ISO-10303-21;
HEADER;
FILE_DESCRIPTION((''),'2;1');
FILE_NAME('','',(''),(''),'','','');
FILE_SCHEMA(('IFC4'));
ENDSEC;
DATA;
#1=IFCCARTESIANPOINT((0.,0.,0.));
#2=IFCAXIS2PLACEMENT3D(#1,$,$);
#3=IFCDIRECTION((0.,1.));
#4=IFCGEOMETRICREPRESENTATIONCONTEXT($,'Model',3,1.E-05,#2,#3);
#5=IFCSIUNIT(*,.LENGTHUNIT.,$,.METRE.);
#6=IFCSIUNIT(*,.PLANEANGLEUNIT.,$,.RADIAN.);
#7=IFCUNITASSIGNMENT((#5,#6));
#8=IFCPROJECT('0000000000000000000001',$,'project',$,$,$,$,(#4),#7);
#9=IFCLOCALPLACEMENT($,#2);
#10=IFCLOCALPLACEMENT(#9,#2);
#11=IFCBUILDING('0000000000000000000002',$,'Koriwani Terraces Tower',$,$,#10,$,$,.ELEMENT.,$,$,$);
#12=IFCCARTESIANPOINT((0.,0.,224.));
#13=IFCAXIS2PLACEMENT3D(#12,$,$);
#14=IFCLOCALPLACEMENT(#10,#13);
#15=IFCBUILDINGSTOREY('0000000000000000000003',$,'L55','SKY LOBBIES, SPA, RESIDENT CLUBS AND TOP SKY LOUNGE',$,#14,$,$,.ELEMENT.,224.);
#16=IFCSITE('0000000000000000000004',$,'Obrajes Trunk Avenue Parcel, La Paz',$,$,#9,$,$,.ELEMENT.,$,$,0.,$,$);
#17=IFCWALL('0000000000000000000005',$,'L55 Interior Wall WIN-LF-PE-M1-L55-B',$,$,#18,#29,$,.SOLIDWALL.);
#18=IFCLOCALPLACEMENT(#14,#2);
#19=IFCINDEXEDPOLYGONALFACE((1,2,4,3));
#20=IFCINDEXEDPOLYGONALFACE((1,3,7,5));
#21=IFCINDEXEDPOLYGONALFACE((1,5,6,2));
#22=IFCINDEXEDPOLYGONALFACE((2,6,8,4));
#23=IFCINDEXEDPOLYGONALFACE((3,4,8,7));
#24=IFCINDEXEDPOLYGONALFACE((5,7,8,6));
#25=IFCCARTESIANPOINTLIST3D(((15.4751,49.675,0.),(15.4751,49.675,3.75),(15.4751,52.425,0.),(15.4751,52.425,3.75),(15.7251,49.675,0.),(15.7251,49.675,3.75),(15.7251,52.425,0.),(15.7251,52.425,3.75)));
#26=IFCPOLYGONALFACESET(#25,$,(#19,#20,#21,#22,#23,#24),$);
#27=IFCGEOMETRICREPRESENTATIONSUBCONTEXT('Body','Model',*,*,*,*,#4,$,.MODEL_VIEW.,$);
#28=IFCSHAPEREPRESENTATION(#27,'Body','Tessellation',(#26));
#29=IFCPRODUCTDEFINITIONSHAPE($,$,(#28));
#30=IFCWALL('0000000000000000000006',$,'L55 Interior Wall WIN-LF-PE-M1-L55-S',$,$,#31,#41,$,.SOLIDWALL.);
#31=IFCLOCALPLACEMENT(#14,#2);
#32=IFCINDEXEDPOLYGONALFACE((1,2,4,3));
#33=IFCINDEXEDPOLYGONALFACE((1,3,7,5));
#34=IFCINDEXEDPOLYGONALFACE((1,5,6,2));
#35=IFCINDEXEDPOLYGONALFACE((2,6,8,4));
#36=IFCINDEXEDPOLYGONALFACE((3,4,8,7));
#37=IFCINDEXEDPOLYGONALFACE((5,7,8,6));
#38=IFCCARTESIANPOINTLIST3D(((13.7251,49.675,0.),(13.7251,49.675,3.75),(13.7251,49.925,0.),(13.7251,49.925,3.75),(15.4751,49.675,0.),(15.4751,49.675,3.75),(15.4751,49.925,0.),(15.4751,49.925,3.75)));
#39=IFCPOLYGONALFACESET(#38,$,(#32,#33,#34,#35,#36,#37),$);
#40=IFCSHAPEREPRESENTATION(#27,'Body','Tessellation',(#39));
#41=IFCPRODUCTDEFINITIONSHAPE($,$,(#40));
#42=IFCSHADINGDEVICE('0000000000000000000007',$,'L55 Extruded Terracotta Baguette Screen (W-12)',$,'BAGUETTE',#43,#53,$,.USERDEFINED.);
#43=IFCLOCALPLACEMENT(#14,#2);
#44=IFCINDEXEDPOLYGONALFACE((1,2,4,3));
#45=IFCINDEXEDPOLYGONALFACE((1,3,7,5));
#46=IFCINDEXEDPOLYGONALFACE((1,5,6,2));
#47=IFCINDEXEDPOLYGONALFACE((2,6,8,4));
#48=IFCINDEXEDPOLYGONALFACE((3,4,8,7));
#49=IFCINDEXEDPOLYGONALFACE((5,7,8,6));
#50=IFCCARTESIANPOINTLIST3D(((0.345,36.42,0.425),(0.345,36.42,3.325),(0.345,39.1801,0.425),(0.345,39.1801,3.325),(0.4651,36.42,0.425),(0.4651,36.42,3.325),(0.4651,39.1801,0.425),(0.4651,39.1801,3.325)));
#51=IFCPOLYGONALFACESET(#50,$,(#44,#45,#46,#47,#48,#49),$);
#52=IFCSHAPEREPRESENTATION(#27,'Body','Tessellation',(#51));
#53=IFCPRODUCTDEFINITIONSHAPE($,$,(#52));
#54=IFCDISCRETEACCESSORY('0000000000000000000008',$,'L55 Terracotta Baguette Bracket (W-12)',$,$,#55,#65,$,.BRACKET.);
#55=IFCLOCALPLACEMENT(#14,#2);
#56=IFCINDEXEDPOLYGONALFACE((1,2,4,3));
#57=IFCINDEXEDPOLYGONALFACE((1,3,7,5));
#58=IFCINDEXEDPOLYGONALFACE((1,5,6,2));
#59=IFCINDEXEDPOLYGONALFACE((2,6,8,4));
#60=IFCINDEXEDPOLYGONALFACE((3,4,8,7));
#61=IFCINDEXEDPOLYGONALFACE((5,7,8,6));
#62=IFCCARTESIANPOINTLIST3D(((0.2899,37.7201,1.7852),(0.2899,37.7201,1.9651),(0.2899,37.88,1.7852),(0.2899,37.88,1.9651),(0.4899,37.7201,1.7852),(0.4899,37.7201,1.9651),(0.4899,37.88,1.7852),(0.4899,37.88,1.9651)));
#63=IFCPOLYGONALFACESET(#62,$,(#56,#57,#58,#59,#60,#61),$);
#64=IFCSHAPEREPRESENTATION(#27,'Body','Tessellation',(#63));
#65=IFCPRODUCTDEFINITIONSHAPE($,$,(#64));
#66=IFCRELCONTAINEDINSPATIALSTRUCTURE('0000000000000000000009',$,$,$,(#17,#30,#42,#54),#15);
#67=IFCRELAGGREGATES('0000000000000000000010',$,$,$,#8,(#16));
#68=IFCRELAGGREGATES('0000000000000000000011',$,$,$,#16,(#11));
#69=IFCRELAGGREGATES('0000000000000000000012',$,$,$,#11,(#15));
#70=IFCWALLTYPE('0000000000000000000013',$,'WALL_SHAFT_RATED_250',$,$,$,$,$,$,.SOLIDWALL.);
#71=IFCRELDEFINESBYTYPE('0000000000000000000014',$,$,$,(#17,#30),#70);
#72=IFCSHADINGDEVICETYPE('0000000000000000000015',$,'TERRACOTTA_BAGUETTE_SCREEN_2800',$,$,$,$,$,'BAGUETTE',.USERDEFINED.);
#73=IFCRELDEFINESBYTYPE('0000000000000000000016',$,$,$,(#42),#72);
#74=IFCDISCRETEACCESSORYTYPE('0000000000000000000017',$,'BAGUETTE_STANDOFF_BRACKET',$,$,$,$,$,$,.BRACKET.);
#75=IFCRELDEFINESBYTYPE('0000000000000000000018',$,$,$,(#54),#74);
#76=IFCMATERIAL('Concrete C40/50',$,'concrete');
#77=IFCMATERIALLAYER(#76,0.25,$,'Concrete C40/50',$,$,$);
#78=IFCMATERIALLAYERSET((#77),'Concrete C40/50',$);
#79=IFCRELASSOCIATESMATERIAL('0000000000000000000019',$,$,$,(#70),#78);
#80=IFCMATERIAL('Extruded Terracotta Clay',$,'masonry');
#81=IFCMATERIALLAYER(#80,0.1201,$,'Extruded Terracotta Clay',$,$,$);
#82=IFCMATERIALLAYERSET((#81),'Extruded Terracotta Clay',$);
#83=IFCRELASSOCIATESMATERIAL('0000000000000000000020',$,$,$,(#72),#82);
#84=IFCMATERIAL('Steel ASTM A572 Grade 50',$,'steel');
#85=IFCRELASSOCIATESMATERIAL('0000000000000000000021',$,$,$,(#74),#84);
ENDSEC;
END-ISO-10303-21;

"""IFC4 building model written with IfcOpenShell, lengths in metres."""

from ifc_helpers import new_model, si_unit, direction, frame, frame_2d, origin, origin_2d, place, context, subcontext, project, spatial, rectangle, extrude, material, layer, layer_set, type_object, element, save


model = new_model("IFC4")

# Units and contexts
model_context = context("Model", 3, precision=1e-05, world=origin(), true_north=direction((0.0, 1.0)))
body_context = subcontext(model_context, "Body", "Model", "MODEL_VIEW")
ifc_project = project(units=[si_unit("LENGTHUNIT", "METRE"), si_unit("PLANEANGLEUNIT", "RADIAN")], contexts=[model_context])

# Site, building, storey
site_placement = place(None, origin())
site = spatial("IfcSite", under=ifc_project, at=site_placement, Name="Obrajes Trunk Avenue Parcel, La Paz", CompositionType="ELEMENT", RefElevation=0.0)
building_placement = place(site_placement, origin())
building = spatial("IfcBuilding", under=site, at=building_placement, Name="Koriwani Terraces Tower", CompositionType="ELEMENT")
storey_placement = place(building_placement, frame((0.0, 0.0, 224.0)))
storey = spatial("IfcBuildingStorey", under=building, at=storey_placement, Name="L55", Description="SKY LOBBIES, SPA, RESIDENT CLUBS AND TOP SKY LOUNGE", CompositionType="ELEMENT", Elevation=224.0)

# Shared definitions
ifc_material_1 = material(Name="Concrete C40/50", Category="concrete")
ifc_material_2 = material(Name="Steel ASTM A572 Grade 50", Category="steel")

# Shared definitions
ifc_layer_1 = layer(ifc_material_1, 0.25, Name="Concrete C40/50")
ifc_layer_set_1 = layer_set([ifc_layer_1], Name="Concrete C40/50")
wall_type_1 = type_object("IfcWallType", Name="WALL_SHAFT_RATED_250", PredefinedType="SOLIDWALL", material=ifc_layer_set_1)

# Walls
wall_1_placement = place(storey_placement, frame((15.6001, 49.675, 0.0), z_axis=(0.0, 0.0, 1.0), x_axis=(0.0, 1.0, 0.0)))
element("IfcWall", 1, at=wall_1_placement, inside=storey, type_object=wall_type_1, Name="L55 Interior Wall WIN-LF-PE-M1-L55-B", PredefinedType="SOLIDWALL", context=body_context, shape_type="SweptSolid", body=[
    extrude(rectangle(XDim=2.75, YDim=0.25, at=frame_2d((1.375, 0.0))), origin(), (0.0, 0.0, 1.0), 3.75),
])
wall_2_placement = place(storey_placement, frame((13.7251, 49.8, 0.0), z_axis=(0.0, 0.0, 1.0), x_axis=(1.0, 0.0, 0.0)))
element("IfcWall", 2, at=wall_2_placement, inside=storey, type_object=wall_type_1, Name="L55 Interior Wall WIN-LF-PE-M1-L55-S", PredefinedType="SOLIDWALL", context=body_context, shape_type="SweptSolid", body=[
    extrude(rectangle(XDim=1.75, YDim=0.25, at=frame_2d((0.875, 0.0))), origin(), (0.0, 0.0, 1.0), 3.75),
])

# Shading device
ifc_material_3 = material(Name="Extruded Terracotta Clay", Category="masonry")
ifc_layer_2 = layer(ifc_material_3, 0.1201, Name="Extruded Terracotta Clay")
ifc_layer_set_2 = layer_set([ifc_layer_2], Name="Extruded Terracotta Clay")
shading_device_type = type_object("IfcShadingDeviceType", Name="TERRACOTTA_BAGUETTE_SCREEN_2800", ElementType="BAGUETTE", PredefinedType="USERDEFINED", material=ifc_layer_set_2)
shading_device_placement = place(storey_placement, frame((0.405, 37.8, 0.425), z_axis=(0.0, 0.0, 1.0), x_axis=(0.0, 1.0, 0.0)))
element("IfcShadingDevice", 3, at=shading_device_placement, inside=storey, type_object=shading_device_type, Name="L55 Extruded Terracotta Baguette Screen (W-12)", ObjectType="BAGUETTE", PredefinedType="USERDEFINED", context=body_context, shape_type="SweptSolid", body=[
    extrude(rectangle(XDim=2.76, YDim=0.1201, at=origin_2d()), origin(), (0.0, 0.0, 1.0), 2.8999),
])

# Discrete accessory
discrete_accessory_type = type_object("IfcDiscreteAccessoryType", Name="BAGUETTE_STANDOFF_BRACKET", PredefinedType="BRACKET", material=ifc_material_2)
discrete_accessory_placement = place(storey_placement, frame((0.3899, 37.8, 1.7852), z_axis=(0.0, 0.0, 1.0), x_axis=(0.0, 1.0, 0.0)))
element("IfcDiscreteAccessory", 4, at=discrete_accessory_placement, inside=storey, type_object=discrete_accessory_type, Name="L55 Terracotta Baguette Bracket (W-12)", PredefinedType="BRACKET", context=body_context, shape_type="SweptSolid", body=[
    extrude(rectangle(XDim=0.1599, YDim=0.2, at=origin_2d()), origin(), (0.0, 0.0, 1.0), 0.1799),
])

save(model, "model.ifc")
